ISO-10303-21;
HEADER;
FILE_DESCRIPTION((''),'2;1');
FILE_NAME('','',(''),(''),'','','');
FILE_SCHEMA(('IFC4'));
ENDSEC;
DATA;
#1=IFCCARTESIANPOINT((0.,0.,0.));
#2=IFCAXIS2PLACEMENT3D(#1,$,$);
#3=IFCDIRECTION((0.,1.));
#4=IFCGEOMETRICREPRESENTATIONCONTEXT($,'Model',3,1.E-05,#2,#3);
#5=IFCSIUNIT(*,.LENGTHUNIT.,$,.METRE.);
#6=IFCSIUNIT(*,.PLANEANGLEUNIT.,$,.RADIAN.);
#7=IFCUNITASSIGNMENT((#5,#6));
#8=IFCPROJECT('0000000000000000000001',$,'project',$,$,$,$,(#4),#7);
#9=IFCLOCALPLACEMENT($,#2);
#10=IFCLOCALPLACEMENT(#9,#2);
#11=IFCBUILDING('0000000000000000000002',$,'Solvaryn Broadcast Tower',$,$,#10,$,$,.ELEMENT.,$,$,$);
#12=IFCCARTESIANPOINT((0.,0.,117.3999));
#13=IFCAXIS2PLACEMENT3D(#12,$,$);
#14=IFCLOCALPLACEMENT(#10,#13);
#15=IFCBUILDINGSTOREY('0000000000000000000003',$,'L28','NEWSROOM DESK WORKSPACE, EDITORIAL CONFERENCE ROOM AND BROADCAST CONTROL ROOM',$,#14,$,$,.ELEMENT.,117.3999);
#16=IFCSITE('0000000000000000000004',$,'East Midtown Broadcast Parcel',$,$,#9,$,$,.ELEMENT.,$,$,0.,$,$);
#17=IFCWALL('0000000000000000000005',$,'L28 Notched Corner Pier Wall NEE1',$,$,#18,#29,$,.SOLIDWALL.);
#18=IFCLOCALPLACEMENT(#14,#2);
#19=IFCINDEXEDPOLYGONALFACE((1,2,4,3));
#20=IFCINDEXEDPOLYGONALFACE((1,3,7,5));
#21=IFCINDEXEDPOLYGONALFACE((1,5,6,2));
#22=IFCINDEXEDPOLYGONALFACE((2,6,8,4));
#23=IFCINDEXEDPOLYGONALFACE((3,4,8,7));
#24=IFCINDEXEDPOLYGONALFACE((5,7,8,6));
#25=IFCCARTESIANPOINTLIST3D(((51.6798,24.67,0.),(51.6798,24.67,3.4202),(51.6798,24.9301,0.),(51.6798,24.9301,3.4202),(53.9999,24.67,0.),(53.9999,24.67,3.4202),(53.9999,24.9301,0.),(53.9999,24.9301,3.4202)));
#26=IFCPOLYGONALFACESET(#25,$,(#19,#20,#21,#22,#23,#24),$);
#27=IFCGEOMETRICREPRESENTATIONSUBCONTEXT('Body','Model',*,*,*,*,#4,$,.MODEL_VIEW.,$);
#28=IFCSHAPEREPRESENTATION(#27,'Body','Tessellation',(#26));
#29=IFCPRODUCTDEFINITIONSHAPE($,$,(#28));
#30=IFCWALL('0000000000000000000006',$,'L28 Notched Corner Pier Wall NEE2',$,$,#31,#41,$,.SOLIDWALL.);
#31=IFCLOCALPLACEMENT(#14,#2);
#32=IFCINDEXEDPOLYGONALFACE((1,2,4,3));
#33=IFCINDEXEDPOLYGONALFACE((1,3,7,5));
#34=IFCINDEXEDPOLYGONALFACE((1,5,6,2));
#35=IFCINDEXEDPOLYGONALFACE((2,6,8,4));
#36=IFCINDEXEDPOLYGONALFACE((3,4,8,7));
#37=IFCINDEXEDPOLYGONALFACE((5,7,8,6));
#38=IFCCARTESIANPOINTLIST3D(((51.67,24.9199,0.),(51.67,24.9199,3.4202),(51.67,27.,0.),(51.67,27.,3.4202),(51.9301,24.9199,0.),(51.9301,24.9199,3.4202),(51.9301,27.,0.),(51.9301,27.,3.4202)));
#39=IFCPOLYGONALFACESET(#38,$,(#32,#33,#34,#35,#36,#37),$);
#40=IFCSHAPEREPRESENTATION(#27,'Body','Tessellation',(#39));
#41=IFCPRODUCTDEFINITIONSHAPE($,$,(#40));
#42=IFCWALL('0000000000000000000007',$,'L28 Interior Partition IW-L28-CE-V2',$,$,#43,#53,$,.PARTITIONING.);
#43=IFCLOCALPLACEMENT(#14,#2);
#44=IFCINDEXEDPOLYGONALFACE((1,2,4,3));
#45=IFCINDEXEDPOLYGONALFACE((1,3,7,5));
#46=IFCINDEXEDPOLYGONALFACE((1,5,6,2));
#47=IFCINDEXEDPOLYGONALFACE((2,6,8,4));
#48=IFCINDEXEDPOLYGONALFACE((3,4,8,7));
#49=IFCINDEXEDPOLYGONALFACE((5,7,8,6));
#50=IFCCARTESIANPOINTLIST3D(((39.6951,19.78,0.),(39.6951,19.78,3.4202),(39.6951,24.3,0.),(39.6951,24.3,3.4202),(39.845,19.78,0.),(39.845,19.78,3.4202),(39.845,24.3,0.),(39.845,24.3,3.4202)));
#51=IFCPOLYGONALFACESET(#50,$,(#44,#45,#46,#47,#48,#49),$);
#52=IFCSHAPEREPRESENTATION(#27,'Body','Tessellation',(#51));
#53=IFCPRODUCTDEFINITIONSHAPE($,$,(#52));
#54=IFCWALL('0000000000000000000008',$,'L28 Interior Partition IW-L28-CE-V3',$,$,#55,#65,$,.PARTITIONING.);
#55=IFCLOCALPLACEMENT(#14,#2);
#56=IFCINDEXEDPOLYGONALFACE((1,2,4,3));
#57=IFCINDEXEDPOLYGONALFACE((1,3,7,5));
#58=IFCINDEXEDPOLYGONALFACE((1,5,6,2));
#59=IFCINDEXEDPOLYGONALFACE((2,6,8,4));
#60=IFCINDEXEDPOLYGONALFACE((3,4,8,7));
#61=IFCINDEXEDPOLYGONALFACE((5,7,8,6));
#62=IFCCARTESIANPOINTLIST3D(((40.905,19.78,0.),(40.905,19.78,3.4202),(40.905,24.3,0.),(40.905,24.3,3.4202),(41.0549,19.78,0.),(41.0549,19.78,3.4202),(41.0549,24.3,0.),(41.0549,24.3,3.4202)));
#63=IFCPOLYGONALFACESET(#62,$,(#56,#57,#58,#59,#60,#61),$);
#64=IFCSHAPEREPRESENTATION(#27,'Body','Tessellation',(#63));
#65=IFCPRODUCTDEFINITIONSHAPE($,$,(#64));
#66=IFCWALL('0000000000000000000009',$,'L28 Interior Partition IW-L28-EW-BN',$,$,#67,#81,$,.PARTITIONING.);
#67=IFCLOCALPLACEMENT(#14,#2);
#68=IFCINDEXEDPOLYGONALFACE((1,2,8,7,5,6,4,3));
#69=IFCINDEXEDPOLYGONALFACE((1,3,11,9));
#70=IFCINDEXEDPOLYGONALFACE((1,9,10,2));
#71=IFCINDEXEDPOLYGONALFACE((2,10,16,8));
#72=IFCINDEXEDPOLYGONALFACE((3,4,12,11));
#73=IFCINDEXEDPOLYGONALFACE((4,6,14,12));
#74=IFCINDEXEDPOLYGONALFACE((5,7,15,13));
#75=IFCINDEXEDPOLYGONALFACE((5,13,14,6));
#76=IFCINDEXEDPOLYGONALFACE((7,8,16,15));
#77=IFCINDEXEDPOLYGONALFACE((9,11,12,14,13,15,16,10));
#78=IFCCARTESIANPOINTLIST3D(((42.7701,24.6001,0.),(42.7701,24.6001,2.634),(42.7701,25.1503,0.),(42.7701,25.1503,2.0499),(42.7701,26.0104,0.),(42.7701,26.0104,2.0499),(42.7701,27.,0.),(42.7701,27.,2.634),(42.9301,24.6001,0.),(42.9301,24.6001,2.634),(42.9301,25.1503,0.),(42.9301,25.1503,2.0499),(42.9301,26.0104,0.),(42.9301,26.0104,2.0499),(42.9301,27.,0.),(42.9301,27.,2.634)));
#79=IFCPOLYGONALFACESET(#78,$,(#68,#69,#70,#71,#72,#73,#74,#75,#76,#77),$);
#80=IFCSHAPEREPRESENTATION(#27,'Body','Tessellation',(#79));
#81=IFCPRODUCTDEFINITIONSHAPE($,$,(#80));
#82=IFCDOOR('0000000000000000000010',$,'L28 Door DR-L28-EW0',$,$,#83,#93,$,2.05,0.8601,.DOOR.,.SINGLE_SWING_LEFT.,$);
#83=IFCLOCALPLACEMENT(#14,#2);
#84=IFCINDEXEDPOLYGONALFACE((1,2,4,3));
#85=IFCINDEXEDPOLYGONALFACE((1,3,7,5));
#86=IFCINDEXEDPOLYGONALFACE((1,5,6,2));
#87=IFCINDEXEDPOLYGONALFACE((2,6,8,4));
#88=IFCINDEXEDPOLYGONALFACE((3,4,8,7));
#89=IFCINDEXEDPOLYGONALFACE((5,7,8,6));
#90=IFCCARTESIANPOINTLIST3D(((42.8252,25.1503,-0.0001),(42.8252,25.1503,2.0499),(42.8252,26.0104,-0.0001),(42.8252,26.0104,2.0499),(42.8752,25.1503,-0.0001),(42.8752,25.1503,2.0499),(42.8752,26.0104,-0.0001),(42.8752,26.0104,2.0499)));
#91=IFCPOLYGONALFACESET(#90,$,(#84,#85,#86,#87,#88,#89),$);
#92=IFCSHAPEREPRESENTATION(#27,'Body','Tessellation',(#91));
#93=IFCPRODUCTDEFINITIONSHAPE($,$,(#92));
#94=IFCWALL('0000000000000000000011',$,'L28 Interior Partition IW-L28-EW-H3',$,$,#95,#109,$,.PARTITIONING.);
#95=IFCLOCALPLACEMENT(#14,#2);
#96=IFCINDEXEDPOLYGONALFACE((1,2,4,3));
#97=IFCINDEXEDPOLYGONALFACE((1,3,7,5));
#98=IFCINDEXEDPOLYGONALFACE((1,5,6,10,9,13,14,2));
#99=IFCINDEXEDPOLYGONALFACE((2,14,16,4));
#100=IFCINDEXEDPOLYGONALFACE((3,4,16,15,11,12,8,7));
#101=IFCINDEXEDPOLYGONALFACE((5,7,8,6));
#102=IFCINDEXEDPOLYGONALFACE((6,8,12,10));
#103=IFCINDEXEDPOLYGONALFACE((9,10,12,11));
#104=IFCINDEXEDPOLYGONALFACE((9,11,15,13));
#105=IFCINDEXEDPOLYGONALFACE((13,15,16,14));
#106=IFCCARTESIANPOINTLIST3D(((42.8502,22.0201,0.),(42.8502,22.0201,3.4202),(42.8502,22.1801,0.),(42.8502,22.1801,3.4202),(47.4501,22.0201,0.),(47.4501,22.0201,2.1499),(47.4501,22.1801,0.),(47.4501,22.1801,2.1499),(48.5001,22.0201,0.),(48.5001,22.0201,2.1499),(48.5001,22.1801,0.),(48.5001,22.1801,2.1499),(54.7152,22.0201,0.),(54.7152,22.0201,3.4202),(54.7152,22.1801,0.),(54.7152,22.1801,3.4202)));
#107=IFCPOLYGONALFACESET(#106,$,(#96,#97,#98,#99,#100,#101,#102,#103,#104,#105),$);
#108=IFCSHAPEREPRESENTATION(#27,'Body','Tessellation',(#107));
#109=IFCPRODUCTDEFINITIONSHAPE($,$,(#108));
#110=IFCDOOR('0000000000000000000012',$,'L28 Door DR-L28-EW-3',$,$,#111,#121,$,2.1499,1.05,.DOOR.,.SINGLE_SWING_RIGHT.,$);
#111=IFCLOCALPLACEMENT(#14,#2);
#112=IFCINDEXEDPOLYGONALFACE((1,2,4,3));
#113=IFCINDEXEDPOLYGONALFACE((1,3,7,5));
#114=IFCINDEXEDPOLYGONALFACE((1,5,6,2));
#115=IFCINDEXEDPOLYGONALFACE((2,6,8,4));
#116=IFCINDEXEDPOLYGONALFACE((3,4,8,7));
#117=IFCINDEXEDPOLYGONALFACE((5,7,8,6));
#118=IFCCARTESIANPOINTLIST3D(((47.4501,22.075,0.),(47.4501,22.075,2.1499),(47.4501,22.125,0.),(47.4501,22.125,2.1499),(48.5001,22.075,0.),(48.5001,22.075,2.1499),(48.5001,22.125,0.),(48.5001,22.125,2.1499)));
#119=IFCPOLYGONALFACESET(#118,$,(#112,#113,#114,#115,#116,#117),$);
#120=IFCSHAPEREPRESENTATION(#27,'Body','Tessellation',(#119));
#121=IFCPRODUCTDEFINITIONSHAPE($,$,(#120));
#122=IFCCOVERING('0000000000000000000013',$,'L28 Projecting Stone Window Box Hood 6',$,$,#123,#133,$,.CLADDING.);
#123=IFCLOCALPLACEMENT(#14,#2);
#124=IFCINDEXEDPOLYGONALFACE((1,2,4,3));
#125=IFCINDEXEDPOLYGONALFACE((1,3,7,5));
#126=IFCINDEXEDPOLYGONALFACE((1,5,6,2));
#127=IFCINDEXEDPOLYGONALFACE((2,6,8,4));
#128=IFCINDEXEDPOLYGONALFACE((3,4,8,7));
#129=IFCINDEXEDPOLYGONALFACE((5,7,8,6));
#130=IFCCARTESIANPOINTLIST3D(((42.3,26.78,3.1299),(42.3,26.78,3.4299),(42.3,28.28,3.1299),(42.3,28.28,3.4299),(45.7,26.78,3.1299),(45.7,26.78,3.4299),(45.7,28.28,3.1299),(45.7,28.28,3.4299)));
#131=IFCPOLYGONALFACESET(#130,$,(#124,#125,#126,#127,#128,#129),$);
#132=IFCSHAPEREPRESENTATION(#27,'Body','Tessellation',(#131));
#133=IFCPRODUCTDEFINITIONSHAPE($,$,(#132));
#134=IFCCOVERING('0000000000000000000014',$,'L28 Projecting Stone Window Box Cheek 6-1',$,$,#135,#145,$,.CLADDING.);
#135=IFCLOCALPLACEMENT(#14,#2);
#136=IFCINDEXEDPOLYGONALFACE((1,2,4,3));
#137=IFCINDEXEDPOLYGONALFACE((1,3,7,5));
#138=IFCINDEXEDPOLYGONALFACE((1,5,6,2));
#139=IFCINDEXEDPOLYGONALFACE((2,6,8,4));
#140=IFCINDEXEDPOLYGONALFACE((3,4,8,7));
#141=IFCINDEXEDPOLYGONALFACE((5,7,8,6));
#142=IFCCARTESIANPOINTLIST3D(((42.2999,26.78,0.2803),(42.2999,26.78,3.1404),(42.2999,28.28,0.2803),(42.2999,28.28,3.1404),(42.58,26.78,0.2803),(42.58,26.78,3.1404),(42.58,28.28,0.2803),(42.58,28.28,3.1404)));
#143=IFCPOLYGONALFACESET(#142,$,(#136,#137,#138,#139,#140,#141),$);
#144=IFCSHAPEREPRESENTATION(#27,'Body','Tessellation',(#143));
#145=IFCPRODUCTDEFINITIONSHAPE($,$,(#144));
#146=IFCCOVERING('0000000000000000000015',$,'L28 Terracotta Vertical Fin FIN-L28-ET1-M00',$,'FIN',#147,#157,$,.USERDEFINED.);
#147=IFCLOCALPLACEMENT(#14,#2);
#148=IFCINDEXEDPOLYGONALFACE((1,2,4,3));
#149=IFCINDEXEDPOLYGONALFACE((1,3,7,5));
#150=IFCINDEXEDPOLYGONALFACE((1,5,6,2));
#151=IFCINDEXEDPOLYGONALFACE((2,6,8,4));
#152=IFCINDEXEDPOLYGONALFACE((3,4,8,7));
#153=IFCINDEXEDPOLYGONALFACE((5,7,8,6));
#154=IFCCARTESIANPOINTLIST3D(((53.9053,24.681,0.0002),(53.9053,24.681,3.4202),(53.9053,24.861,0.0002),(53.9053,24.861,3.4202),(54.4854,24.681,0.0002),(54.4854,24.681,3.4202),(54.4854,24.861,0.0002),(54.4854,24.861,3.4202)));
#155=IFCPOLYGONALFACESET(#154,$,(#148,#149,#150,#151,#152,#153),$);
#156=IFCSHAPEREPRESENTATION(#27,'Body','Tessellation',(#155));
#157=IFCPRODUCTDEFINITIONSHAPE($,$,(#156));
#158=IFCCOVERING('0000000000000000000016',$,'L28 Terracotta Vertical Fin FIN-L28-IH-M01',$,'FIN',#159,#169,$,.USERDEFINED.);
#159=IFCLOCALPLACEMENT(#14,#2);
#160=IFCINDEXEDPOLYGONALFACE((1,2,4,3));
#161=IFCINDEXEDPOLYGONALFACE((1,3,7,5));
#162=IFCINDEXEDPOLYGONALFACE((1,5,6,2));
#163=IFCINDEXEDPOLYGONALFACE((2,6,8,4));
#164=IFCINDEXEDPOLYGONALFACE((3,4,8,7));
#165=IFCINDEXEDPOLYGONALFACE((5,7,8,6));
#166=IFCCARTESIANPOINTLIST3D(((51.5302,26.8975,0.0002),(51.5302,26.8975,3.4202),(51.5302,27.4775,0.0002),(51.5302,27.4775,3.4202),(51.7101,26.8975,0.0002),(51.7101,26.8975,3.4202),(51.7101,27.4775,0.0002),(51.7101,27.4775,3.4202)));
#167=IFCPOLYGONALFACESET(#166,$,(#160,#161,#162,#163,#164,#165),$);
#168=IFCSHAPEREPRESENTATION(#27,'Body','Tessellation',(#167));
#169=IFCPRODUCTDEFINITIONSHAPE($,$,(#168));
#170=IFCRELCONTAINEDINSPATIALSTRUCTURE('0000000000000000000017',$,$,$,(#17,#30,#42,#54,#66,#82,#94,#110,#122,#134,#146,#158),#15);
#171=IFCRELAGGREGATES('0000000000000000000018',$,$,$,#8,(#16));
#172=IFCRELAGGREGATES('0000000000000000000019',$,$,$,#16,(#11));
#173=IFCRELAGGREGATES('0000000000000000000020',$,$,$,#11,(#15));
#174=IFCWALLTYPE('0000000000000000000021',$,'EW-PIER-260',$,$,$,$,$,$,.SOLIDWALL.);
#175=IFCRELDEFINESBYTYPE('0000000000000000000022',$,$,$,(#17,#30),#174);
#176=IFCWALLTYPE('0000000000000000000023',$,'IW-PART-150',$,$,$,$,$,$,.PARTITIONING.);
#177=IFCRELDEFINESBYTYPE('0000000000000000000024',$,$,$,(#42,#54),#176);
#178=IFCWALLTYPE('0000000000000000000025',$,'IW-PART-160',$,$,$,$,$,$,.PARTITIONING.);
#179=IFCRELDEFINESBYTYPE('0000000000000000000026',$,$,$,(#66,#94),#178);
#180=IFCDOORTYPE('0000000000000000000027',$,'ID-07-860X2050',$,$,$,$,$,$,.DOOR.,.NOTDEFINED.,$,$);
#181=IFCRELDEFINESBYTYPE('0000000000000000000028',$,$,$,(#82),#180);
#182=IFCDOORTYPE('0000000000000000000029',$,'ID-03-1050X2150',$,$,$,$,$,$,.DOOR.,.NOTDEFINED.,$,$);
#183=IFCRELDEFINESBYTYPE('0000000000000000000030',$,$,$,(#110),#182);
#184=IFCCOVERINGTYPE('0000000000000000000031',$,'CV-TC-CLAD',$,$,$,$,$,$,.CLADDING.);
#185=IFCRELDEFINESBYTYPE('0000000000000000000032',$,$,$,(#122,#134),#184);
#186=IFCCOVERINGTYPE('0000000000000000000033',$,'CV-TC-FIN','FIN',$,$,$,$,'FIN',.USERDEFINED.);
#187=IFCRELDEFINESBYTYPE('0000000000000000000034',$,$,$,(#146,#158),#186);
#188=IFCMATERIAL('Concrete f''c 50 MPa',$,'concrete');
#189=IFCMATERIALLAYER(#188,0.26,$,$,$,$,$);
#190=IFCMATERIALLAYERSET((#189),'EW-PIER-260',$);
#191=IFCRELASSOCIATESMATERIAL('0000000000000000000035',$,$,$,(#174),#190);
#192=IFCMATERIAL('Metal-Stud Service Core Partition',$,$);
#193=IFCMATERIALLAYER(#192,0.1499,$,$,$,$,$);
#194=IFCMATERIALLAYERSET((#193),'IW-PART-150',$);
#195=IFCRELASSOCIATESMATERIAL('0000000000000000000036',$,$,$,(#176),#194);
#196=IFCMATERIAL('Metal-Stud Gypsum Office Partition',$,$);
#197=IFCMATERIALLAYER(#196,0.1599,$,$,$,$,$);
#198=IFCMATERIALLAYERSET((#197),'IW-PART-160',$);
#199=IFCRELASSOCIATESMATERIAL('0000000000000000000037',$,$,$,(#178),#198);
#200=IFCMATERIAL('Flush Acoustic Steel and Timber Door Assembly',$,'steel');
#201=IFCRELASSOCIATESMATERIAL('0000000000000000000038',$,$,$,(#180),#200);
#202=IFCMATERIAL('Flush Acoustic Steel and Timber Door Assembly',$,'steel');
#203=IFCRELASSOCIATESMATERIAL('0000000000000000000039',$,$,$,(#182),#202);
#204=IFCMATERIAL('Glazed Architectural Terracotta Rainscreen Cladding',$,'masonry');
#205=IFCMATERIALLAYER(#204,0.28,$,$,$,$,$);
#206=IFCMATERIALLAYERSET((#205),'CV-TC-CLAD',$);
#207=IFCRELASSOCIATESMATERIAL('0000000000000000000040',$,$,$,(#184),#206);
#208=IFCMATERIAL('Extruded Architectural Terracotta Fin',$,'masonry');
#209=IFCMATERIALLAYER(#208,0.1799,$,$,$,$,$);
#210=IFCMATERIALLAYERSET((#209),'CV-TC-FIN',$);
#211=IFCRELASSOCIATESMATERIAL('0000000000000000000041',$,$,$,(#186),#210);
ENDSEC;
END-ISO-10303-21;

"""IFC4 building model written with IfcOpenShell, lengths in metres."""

from ifc_helpers import new_model, si_unit, direction, frame, frame_2d, origin, origin_2d, place, context, subcontext, project, spatial, rectangle, extrude, material, layer, layer_set, type_object, element, fill, save


model = new_model("IFC4")

# Units and contexts
model_context = context("Model", 3, precision=1e-05, world=origin(), true_north=direction((0.0, 1.0)))
body_context = subcontext(model_context, "Body", "Model", "MODEL_VIEW")
ifc_project = project(units=[si_unit("LENGTHUNIT", "METRE"), si_unit("PLANEANGLEUNIT", "RADIAN")], contexts=[model_context])

# Site, building, storey
site_placement = place(None, origin())
site = spatial("IfcSite", under=ifc_project, at=site_placement, Name="East Midtown Broadcast Parcel", CompositionType="ELEMENT", RefElevation=0.0)
building_placement = place(site_placement, origin())
building = spatial("IfcBuilding", under=site, at=building_placement, Name="Solvaryn Broadcast Tower", CompositionType="ELEMENT")
storey_placement = place(building_placement, frame((0.0, 0.0, 117.3999)))
storey = spatial("IfcBuildingStorey", under=building, at=storey_placement, Name="L28", Description="NEWSROOM DESK WORKSPACE, EDITORIAL CONFERENCE ROOM AND BROADCAST CONTROL ROOM", CompositionType="ELEMENT", Elevation=117.3999)

# Walls
ifc_material_1 = material(Name="Concrete f'c 50 MPa", Category="concrete")
ifc_layer_1 = layer(ifc_material_1, 0.26)
ifc_layer_set_1 = layer_set([ifc_layer_1], Name="EW-PIER-260")
wall_type_1 = type_object("IfcWallType", Name="EW-PIER-260", PredefinedType="SOLIDWALL", material=ifc_layer_set_1)
wall_1_placement = place(storey_placement, frame((54.0, 24.8, 0.0), z_axis=(0.0, 0.0, 1.0), x_axis=(-1.0, 0.0, 0.0)))
element("IfcWall", 1, at=wall_1_placement, inside=storey, type_object=wall_type_1, Name="L28 Notched Corner Pier Wall NEE1", PredefinedType="SOLIDWALL", context=body_context, shape_type="SweptSolid", body=[
    extrude(rectangle(XDim=2.3201, YDim=0.26, at=frame_2d((1.1602, 0.0))), origin(), (0.0, 0.0, 1.0), 3.4202),
])
wall_2_placement = place(storey_placement, frame((51.8, 24.9199, 0.0), z_axis=(0.0, 0.0, 1.0), x_axis=(0.0, 1.0, 0.0)))
element("IfcWall", 2, at=wall_2_placement, inside=storey, type_object=wall_type_1, Name="L28 Notched Corner Pier Wall NEE2", PredefinedType="SOLIDWALL", context=body_context, shape_type="SweptSolid", body=[
    extrude(rectangle(XDim=2.0801, YDim=0.26, at=frame_2d((1.04, 0.0))), origin(), (0.0, 0.0, 1.0), 3.4202),
])
ifc_material_2 = material(Name="Metal-Stud Service Core Partition")
ifc_layer_2 = layer(ifc_material_2, 0.1499)
ifc_layer_set_2 = layer_set([ifc_layer_2], Name="IW-PART-150")
wall_type_2 = type_object("IfcWallType", Name="IW-PART-150", PredefinedType="PARTITIONING", material=ifc_layer_set_2)
for number, where, z_axis, x_axis, name in (
    (3, (39.77, 19.78, 0.0), (0.0, 0.0, 1.0), (0.0, 1.0, 0.0), "L28 Interior Partition IW-L28-CE-V2"),
    (4, (40.98, 19.78, 0.0), (0.0, 0.0, 1.0), (0.0, 1.0, 0.0), "L28 Interior Partition IW-L28-CE-V3"),
):
    element("IfcWall", number, at=place(storey_placement, frame(where, z_axis=z_axis, x_axis=x_axis)), inside=storey, type_object=wall_type_2, Name=name, PredefinedType="PARTITIONING", context=body_context, shape_type="SweptSolid", body=[
        extrude(rectangle(XDim=4.52, YDim=0.1499, at=frame_2d((2.26, 0.0))), origin(), (0.0, 0.0, 1.0), 3.4202),
    ])

# Walls, openings, doors
ifc_material_3 = material(Name="Metal-Stud Gypsum Office Partition")
ifc_layer_3 = layer(ifc_material_3, 0.1599)
ifc_layer_set_3 = layer_set([ifc_layer_3], Name="IW-PART-160")
wall_type_3 = type_object("IfcWallType", Name="IW-PART-160", PredefinedType="PARTITIONING", material=ifc_layer_set_3)
wall_3_placement = place(storey_placement, frame((42.8501, 24.6001, 0.0), z_axis=(0.0, 0.0, 1.0), x_axis=(0.0, 1.0, 0.0)))
wall_3 = element("IfcWall", 5, at=wall_3_placement, inside=storey, type_object=wall_type_3, Name="L28 Interior Partition IW-L28-EW-BN", PredefinedType="PARTITIONING", context=body_context, shape_type="SweptSolid", body=[
    extrude(rectangle(XDim=2.3999, YDim=0.1599, at=frame_2d((1.2, 0.0))), origin(), (0.0, 0.0, 1.0), 2.634),
])
opening_1_placement = place(wall_3_placement, frame((0.55, 0.0, 0.0)))
opening_1 = element("IfcOpeningElement", 6, at=opening_1_placement, cuts=wall_3, PredefinedType="OPENING", context=body_context, shape_type="SweptSolid", body=[
    extrude(rectangle(XDim=0.8601, YDim=2.05, at=frame_2d((0.4302, 1.0249))), frame((0.0, 0.0901, 0.0), z_axis=(0.0, -1.0, 0.0), x_axis=(1.0, 0.0, 0.0)), (0.0, 0.0, 1.0), 0.1799),
])
ifc_material_4 = material(Name="Flush Acoustic Steel and Timber Door Assembly", Category="steel")
door_type_1 = type_object("IfcDoorType", Name="ID-07-860X2050", OperationType="NOTDEFINED", PredefinedType="DOOR", material=ifc_material_4)
door_1_placement = place(opening_1_placement, origin())
door_1 = element("IfcDoor", 7, at=door_1_placement, inside=storey, type_object=door_type_1, Name="L28 Door DR-L28-EW0", OperationType="SINGLE_SWING_LEFT", OverallHeight=2.05, OverallWidth=0.8601, PredefinedType="DOOR", context=body_context, shape_type="SweptSolid", body=[
    extrude(rectangle(XDim=0.8601, YDim=2.05, at=frame_2d((0.4302, 1.0249))), frame((0.0, 0.0249, 0.0), z_axis=(0.0, -1.0, 0.0), x_axis=(1.0, 0.0, 0.0)), (0.0, 0.0, 1.0), 0.05),
])
fill(opening_1, door_1)
wall_4_placement = place(storey_placement, frame((42.8501, 22.1001, 0.0), z_axis=(0.0, 0.0, 1.0), x_axis=(1.0, 0.0, 0.0)))
wall_4 = element("IfcWall", 8, at=wall_4_placement, inside=storey, type_object=wall_type_3, Name="L28 Interior Partition IW-L28-EW-H3", PredefinedType="PARTITIONING", context=body_context, shape_type="SweptSolid", body=[
    extrude(rectangle(XDim=11.865, YDim=0.1599, at=frame_2d((5.9326, 0.0))), origin(), (0.0, 0.0, 1.0), 3.4202),
])
opening_2_placement = place(wall_4_placement, frame((4.6001, 0.0, 0.0)))
opening_2 = element("IfcOpeningElement", 9, at=opening_2_placement, cuts=wall_4, PredefinedType="OPENING", context=body_context, shape_type="SweptSolid", body=[
    extrude(rectangle(XDim=1.05, YDim=2.1499, at=frame_2d((0.5249, 1.075))), frame((0.0, 0.0901, 0.0), z_axis=(0.0, -1.0, 0.0), x_axis=(1.0, 0.0, 0.0)), (0.0, 0.0, 1.0), 0.1799),
])
ifc_material_5 = material(Name="Flush Acoustic Steel and Timber Door Assembly", Category="steel")
door_type_2 = type_object("IfcDoorType", Name="ID-03-1050X2150", OperationType="NOTDEFINED", PredefinedType="DOOR", material=ifc_material_5)
door_2_placement = place(opening_2_placement, origin())
door_2 = element("IfcDoor", 10, at=door_2_placement, inside=storey, type_object=door_type_2, Name="L28 Door DR-L28-EW-3", OperationType="SINGLE_SWING_RIGHT", OverallHeight=2.1499, OverallWidth=1.05, PredefinedType="DOOR", context=body_context, shape_type="SweptSolid", body=[
    extrude(rectangle(XDim=1.05, YDim=2.1499, at=frame_2d((0.5249, 1.075))), frame((0.0, 0.0249, 0.0), z_axis=(0.0, -1.0, 0.0), x_axis=(1.0, 0.0, 0.0)), (0.0, 0.0, 1.0), 0.05),
])
fill(opening_2, door_2)

# Coverings
ifc_material_6 = material(Name="Glazed Architectural Terracotta Rainscreen Cladding", Category="masonry")
ifc_layer_4 = layer(ifc_material_6, 0.28)
ifc_layer_set_4 = layer_set([ifc_layer_4], Name="CV-TC-CLAD")
covering_type_1 = type_object("IfcCoveringType", Name="CV-TC-CLAD", PredefinedType="CLADDING", material=ifc_layer_set_4)
covering_1_placement = place(storey_placement, frame((44.0, 27.53, 3.1299), z_axis=(0.0, 0.0, 1.0), x_axis=(1.0, 0.0, 0.0)))
element("IfcCovering", 11, at=covering_1_placement, inside=storey, type_object=covering_type_1, Name="L28 Projecting Stone Window Box Hood 6", PredefinedType="CLADDING", context=body_context, shape_type="SweptSolid", body=[
    extrude(rectangle(XDim=3.3999, YDim=1.5, at=origin_2d()), origin(), (0.0, 0.0, 1.0), 0.3),
])
covering_2_placement = place(storey_placement, frame((42.4399, 27.53, 0.2803), z_axis=(0.0, 0.0, 1.0), x_axis=(1.0, 0.0, 0.0)))
element("IfcCovering", 12, at=covering_2_placement, inside=storey, type_object=covering_type_1, Name="L28 Projecting Stone Window Box Cheek 6-1", PredefinedType="CLADDING", context=body_context, shape_type="SweptSolid", body=[
    extrude(rectangle(XDim=0.28, YDim=1.5, at=origin_2d()), origin(), (0.0, 0.0, 1.0), 2.8601),
])
ifc_material_7 = material(Name="Extruded Architectural Terracotta Fin", Category="masonry")
ifc_layer_5 = layer(ifc_material_7, 0.1799)
ifc_layer_set_5 = layer_set([ifc_layer_5], Name="CV-TC-FIN")
covering_type_2 = type_object("IfcCoveringType", Name="CV-TC-FIN", Description="FIN", ElementType="FIN", PredefinedType="USERDEFINED", material=ifc_layer_set_5)
covering_3_placement = place(storey_placement, frame((54.1953, 24.771, 0.0002), z_axis=(0.0, 0.0, 1.0), x_axis=(1.0, 0.0, 0.0)))
element("IfcCovering", 13, at=covering_3_placement, inside=storey, type_object=covering_type_2, Name="L28 Terracotta Vertical Fin FIN-L28-ET1-M00", ObjectType="FIN", PredefinedType="USERDEFINED", context=body_context, shape_type="SweptSolid", body=[
    extrude(rectangle(XDim=0.5801, YDim=0.1799, at=origin_2d()), origin(), (0.0, 0.0, 1.0), 3.4199),
])
covering_4_placement = place(storey_placement, frame((51.6201, 27.1875, 0.0002), z_axis=(0.0, 0.0, 1.0), x_axis=(1.0, 0.0, 0.0)))
element("IfcCovering", 14, at=covering_4_placement, inside=storey, type_object=covering_type_2, Name="L28 Terracotta Vertical Fin FIN-L28-IH-M01", ObjectType="FIN", PredefinedType="USERDEFINED", context=body_context, shape_type="SweptSolid", body=[
    extrude(rectangle(XDim=0.1799, YDim=0.5801, at=origin_2d()), origin(), (0.0, 0.0, 1.0), 3.4199),
])

save(model, "model.ifc")
